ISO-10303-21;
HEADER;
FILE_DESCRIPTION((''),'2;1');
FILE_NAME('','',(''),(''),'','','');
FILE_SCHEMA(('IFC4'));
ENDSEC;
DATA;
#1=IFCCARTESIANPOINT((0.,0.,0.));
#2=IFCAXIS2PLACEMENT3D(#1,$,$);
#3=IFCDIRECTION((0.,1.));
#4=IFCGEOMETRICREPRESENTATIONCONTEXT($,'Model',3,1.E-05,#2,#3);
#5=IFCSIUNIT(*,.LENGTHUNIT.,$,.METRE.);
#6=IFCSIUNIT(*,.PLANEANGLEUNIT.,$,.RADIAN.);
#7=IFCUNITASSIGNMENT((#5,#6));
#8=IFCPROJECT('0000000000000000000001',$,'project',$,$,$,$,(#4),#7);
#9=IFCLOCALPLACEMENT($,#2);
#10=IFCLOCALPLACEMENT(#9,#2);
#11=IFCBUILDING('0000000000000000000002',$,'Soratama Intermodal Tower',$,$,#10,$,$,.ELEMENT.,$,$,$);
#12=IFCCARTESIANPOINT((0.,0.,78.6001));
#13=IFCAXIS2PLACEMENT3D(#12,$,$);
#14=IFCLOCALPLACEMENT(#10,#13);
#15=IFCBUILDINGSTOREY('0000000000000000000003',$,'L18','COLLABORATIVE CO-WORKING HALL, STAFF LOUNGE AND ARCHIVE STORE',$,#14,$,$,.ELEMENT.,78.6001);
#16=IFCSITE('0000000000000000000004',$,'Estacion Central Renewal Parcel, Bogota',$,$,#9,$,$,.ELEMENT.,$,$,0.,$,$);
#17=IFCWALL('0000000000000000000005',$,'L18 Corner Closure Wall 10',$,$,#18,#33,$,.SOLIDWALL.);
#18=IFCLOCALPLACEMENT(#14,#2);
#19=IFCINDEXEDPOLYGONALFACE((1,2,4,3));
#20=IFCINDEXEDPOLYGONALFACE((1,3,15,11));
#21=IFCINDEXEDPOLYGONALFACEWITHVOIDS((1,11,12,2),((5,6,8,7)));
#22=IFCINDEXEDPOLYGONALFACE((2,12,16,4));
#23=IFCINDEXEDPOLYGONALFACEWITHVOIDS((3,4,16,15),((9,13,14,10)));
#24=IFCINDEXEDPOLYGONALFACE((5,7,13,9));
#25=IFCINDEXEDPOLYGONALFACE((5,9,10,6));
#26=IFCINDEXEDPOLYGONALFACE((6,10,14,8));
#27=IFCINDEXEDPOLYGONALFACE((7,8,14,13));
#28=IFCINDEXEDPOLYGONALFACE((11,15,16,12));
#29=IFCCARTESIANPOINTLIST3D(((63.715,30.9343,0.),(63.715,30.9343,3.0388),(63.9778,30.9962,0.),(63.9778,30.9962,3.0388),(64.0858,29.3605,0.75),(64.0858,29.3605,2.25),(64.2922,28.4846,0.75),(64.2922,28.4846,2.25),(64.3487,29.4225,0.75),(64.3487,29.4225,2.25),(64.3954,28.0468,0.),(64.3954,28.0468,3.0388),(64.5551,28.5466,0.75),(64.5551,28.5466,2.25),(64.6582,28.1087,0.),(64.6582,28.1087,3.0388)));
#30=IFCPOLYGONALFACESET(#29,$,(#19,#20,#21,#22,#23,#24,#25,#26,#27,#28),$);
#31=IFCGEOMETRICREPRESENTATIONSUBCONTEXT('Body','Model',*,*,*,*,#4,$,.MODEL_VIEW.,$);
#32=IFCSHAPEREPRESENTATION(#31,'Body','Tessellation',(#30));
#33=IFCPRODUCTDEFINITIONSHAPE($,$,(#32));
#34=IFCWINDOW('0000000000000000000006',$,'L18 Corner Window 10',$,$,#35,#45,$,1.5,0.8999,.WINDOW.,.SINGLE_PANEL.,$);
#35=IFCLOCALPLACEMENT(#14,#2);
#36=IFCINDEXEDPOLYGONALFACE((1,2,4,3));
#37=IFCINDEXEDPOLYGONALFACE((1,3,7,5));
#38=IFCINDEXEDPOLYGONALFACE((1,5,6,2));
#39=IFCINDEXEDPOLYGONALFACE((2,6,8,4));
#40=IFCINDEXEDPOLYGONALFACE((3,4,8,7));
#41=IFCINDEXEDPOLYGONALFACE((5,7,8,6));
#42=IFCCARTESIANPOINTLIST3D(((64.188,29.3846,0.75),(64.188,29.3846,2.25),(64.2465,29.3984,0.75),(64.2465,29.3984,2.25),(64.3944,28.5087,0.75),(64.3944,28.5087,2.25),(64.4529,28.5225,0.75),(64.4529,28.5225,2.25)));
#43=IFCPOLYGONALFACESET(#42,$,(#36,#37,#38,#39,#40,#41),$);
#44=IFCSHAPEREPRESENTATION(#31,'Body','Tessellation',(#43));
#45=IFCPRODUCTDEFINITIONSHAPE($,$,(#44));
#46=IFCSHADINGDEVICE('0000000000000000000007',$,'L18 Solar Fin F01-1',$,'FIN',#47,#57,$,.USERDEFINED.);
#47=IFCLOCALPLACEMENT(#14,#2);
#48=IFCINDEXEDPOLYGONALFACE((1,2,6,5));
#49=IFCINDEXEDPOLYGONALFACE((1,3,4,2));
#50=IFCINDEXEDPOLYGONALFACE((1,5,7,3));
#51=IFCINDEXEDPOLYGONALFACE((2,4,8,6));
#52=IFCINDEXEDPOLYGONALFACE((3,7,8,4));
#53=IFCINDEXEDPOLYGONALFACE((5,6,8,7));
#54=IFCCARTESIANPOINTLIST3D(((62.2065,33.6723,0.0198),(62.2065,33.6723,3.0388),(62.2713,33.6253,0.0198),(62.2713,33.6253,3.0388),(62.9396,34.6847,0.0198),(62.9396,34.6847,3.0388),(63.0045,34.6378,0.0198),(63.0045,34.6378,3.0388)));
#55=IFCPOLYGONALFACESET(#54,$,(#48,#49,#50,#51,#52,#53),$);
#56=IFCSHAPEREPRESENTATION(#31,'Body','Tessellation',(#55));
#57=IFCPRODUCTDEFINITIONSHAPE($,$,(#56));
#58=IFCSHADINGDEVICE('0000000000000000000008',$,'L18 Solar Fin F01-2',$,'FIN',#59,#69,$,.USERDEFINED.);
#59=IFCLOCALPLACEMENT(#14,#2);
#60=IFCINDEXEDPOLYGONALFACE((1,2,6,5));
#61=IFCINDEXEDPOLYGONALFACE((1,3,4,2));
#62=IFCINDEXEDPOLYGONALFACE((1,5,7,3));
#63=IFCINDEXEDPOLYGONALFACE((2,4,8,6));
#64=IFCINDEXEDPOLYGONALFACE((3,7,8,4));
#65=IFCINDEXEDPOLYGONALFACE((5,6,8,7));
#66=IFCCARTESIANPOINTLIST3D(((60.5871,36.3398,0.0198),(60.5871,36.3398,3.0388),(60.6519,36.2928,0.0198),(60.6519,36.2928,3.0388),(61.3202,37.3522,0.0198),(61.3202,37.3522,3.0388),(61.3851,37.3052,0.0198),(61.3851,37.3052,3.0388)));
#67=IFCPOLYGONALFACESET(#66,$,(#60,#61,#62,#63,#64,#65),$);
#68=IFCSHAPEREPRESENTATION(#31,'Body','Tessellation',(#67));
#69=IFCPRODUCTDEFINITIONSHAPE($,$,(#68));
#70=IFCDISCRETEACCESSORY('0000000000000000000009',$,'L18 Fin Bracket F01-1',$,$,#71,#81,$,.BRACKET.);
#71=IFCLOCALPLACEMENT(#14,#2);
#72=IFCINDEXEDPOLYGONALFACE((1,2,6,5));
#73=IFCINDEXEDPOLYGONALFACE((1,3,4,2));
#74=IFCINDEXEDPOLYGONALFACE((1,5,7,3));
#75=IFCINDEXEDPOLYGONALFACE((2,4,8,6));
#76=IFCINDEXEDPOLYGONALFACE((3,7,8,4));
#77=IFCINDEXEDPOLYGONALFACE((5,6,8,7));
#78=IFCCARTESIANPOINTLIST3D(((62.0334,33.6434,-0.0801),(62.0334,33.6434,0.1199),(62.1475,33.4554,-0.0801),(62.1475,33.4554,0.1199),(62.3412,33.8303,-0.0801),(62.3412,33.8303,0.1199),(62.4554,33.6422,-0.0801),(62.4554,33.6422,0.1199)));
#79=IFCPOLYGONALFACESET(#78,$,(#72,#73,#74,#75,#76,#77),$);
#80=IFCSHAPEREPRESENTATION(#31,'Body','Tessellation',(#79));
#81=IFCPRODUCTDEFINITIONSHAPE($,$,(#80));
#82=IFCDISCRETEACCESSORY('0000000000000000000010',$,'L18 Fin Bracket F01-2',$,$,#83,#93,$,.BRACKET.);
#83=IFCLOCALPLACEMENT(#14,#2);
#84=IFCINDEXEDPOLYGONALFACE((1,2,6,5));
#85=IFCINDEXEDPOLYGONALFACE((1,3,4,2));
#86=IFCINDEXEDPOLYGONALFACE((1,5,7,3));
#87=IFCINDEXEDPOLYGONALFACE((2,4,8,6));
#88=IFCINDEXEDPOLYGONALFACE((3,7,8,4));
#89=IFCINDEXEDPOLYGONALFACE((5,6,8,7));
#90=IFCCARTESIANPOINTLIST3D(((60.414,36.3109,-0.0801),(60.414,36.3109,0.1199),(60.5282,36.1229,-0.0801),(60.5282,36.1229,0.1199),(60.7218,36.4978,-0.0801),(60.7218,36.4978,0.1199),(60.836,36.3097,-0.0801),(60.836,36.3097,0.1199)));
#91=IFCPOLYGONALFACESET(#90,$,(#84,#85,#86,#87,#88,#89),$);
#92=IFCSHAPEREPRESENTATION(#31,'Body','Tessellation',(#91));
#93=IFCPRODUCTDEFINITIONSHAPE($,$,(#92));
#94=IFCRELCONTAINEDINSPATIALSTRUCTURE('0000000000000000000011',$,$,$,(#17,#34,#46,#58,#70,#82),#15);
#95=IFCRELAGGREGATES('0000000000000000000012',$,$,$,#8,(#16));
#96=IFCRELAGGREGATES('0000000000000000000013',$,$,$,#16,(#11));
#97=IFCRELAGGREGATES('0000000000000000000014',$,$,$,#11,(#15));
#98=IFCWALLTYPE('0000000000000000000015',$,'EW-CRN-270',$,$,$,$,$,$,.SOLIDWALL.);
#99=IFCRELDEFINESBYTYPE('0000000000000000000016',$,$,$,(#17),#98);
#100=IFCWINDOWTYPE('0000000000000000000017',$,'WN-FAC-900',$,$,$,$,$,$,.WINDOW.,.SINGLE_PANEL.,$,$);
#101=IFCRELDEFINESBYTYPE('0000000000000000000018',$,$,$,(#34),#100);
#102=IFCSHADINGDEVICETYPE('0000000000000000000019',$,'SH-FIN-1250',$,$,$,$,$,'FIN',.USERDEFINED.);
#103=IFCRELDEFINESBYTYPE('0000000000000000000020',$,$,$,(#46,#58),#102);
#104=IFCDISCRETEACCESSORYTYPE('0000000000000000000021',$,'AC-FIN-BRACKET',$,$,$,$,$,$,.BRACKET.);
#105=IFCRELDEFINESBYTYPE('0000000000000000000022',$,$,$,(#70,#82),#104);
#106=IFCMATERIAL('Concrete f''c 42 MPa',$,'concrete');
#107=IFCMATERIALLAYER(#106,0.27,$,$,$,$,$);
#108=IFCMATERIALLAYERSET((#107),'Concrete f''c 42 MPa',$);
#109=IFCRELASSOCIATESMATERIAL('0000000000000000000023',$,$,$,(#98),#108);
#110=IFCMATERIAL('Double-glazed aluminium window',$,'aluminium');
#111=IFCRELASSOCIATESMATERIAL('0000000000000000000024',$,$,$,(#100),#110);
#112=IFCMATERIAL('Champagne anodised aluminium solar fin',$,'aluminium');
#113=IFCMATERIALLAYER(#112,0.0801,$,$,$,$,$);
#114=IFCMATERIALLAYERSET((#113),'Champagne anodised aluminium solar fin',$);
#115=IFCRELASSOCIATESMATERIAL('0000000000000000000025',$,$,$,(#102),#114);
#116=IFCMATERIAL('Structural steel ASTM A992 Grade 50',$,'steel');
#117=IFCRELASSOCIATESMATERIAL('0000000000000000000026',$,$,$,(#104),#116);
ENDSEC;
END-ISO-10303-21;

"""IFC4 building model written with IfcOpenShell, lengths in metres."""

from ifc_helpers import new_model, si_unit, direction, frame, frame_2d, origin, origin_2d, place, context, subcontext, project, spatial, rectangle, extrude, material, layer, layer_set, type_object, element, fill, save


model = new_model("IFC4")

# Units and contexts
model_context = context("Model", 3, precision=1e-05, world=origin(), true_north=direction((0.0, 1.0)))
body_context = subcontext(model_context, "Body", "Model", "MODEL_VIEW")
ifc_project = project(units=[si_unit("LENGTHUNIT", "METRE"), si_unit("PLANEANGLEUNIT", "RADIAN")], contexts=[model_context])

# Site, building, storey
site_placement = place(None, origin())
site = spatial("IfcSite", under=ifc_project, at=site_placement, Name="Estacion Central Renewal Parcel, Bogota", CompositionType="ELEMENT", RefElevation=0.0)
building_placement = place(site_placement, origin())
building = spatial("IfcBuilding", under=site, at=building_placement, Name="Soratama Intermodal Tower", CompositionType="ELEMENT")
storey_placement = place(building_placement, frame((0.0, 0.0, 78.6001)))
storey = spatial("IfcBuildingStorey", under=building, at=storey_placement, Name="L18", Description="COLLABORATIVE CO-WORKING HALL, STAFF LOUNGE AND ARCHIVE STORE", CompositionType="ELEMENT", Elevation=78.6001)

# Wall, opening, window
ifc_material_1 = material(Name="Concrete f'c 42 MPa", Category="concrete")
ifc_layer_1 = layer(ifc_material_1, 0.27)
ifc_layer_set_1 = layer_set([ifc_layer_1], Name="Concrete f'c 42 MPa")
wall_type = type_object("IfcWallType", Name="EW-CRN-270", PredefinedType="SOLIDWALL", material=ifc_layer_set_1)
wall_placement = place(storey_placement, frame((64.5269, 28.0776, 0.0), z_axis=(0.0, 0.0, 1.0), x_axis=(-0.229365, 0.97334, 0.0)))
wall = element("IfcWall", 1, at=wall_placement, inside=storey, type_object=wall_type, Name="L18 Corner Closure Wall 10", PredefinedType="SOLIDWALL", context=body_context, shape_type="SweptSolid", body=[
    extrude(rectangle(XDim=2.9666, YDim=0.27, at=frame_2d((1.4834, 0.0))), origin(), (0.0, 0.0, 1.0), 3.0388),
])
opening_placement = place(wall_placement, frame((0.45, 0.0, 0.75)))
opening = element("IfcOpeningElement", 2, at=opening_placement, cuts=wall, PredefinedType="OPENING", context=body_context, shape_type="SweptSolid", body=[
    extrude(rectangle(XDim=0.8999, YDim=1.5, at=frame_2d((0.45, 0.75))), frame((0.0, 0.145, 0.0), z_axis=(0.0, -1.0, 0.0), x_axis=(1.0, 0.0, 0.0)), (0.0, 0.0, 1.0), 0.29),
])
ifc_material_2 = material(Name="Double-glazed aluminium window", Category="aluminium")
window_type = type_object("IfcWindowType", Name="WN-FAC-900", PartitioningType="SINGLE_PANEL", PredefinedType="WINDOW", material=ifc_material_2)
window_placement = place(opening_placement, origin())
window = element("IfcWindow", 3, at=window_placement, inside=storey, type_object=window_type, Name="L18 Corner Window 10", OverallHeight=1.5, OverallWidth=0.8999, PartitioningType="SINGLE_PANEL", PredefinedType="WINDOW", context=body_context, shape_type="SweptSolid", body=[
    extrude(rectangle(XDim=0.8999, YDim=1.5, at=frame_2d((0.45, 0.75))), frame((0.0, 0.03, 0.0), z_axis=(0.0, -1.0, 0.0), x_axis=(1.0, 0.0, 0.0)), (0.0, 0.0, 1.0), 0.0601),
])
fill(opening, window)

# Shading devices
ifc_material_3 = material(Name="Champagne anodised aluminium solar fin", Category="aluminium")
ifc_layer_2 = layer(ifc_material_3, 0.0801)
ifc_layer_set_2 = layer_set([ifc_layer_2], Name="Champagne anodised aluminium solar fin")
shading_device_type = type_object("IfcShadingDeviceType", Name="SH-FIN-1250", ElementType="FIN", PredefinedType="USERDEFINED", material=ifc_layer_set_2)
for number, where, z_axis, x_axis, name in (
    (4, (62.6055, 34.155, 0.0198), (0.0, 0.0, 1.0), (0.586514, 0.809939, 0.0), "L18 Solar Fin F01-1"),
    (5, (60.9861, 36.8225, 0.0198), (0.0, 0.0, 1.0), (0.586514, 0.809939, 0.0), "L18 Solar Fin F01-2"),
):
    element("IfcShadingDevice", number, at=place(storey_placement, frame(where, z_axis=z_axis, x_axis=x_axis)), inside=storey, type_object=shading_device_type, Name=name, ObjectType="FIN", PredefinedType="USERDEFINED", context=body_context, shape_type="SweptSolid", body=[
        extrude(rectangle(XDim=1.25, YDim=0.0801, at=origin_2d()), origin(), (0.0, 0.0, 1.0), 3.019),
    ])

# Discrete accessories
ifc_material_4 = material(Name="Structural steel ASTM A992 Grade 50", Category="steel")
discrete_accessory_type = type_object("IfcDiscreteAccessoryType", Name="AC-FIN-BRACKET", PredefinedType="BRACKET", material=ifc_material_4)
for number, where, z_axis, x_axis, name in (
    (6, (62.2444, 33.6428, -0.0801), (0.0, 0.0, 1.0), (0.854821, 0.518922, 0.0), "L18 Fin Bracket F01-1"),
    (7, (60.625, 36.3103, -0.0801), (0.0, 0.0, 1.0), (0.854821, 0.518922, 0.0), "L18 Fin Bracket F01-2"),
):
    element("IfcDiscreteAccessory", number, at=place(storey_placement, frame(where, z_axis=z_axis, x_axis=x_axis)), inside=storey, type_object=discrete_accessory_type, Name=name, PredefinedType="BRACKET", context=body_context, shape_type="SweptSolid", body=[
        extrude(rectangle(XDim=0.3601, YDim=0.22, at=origin_2d()), origin(), (0.0, 0.0, 1.0), 0.2),
    ])

save(model, "model.ifc")
